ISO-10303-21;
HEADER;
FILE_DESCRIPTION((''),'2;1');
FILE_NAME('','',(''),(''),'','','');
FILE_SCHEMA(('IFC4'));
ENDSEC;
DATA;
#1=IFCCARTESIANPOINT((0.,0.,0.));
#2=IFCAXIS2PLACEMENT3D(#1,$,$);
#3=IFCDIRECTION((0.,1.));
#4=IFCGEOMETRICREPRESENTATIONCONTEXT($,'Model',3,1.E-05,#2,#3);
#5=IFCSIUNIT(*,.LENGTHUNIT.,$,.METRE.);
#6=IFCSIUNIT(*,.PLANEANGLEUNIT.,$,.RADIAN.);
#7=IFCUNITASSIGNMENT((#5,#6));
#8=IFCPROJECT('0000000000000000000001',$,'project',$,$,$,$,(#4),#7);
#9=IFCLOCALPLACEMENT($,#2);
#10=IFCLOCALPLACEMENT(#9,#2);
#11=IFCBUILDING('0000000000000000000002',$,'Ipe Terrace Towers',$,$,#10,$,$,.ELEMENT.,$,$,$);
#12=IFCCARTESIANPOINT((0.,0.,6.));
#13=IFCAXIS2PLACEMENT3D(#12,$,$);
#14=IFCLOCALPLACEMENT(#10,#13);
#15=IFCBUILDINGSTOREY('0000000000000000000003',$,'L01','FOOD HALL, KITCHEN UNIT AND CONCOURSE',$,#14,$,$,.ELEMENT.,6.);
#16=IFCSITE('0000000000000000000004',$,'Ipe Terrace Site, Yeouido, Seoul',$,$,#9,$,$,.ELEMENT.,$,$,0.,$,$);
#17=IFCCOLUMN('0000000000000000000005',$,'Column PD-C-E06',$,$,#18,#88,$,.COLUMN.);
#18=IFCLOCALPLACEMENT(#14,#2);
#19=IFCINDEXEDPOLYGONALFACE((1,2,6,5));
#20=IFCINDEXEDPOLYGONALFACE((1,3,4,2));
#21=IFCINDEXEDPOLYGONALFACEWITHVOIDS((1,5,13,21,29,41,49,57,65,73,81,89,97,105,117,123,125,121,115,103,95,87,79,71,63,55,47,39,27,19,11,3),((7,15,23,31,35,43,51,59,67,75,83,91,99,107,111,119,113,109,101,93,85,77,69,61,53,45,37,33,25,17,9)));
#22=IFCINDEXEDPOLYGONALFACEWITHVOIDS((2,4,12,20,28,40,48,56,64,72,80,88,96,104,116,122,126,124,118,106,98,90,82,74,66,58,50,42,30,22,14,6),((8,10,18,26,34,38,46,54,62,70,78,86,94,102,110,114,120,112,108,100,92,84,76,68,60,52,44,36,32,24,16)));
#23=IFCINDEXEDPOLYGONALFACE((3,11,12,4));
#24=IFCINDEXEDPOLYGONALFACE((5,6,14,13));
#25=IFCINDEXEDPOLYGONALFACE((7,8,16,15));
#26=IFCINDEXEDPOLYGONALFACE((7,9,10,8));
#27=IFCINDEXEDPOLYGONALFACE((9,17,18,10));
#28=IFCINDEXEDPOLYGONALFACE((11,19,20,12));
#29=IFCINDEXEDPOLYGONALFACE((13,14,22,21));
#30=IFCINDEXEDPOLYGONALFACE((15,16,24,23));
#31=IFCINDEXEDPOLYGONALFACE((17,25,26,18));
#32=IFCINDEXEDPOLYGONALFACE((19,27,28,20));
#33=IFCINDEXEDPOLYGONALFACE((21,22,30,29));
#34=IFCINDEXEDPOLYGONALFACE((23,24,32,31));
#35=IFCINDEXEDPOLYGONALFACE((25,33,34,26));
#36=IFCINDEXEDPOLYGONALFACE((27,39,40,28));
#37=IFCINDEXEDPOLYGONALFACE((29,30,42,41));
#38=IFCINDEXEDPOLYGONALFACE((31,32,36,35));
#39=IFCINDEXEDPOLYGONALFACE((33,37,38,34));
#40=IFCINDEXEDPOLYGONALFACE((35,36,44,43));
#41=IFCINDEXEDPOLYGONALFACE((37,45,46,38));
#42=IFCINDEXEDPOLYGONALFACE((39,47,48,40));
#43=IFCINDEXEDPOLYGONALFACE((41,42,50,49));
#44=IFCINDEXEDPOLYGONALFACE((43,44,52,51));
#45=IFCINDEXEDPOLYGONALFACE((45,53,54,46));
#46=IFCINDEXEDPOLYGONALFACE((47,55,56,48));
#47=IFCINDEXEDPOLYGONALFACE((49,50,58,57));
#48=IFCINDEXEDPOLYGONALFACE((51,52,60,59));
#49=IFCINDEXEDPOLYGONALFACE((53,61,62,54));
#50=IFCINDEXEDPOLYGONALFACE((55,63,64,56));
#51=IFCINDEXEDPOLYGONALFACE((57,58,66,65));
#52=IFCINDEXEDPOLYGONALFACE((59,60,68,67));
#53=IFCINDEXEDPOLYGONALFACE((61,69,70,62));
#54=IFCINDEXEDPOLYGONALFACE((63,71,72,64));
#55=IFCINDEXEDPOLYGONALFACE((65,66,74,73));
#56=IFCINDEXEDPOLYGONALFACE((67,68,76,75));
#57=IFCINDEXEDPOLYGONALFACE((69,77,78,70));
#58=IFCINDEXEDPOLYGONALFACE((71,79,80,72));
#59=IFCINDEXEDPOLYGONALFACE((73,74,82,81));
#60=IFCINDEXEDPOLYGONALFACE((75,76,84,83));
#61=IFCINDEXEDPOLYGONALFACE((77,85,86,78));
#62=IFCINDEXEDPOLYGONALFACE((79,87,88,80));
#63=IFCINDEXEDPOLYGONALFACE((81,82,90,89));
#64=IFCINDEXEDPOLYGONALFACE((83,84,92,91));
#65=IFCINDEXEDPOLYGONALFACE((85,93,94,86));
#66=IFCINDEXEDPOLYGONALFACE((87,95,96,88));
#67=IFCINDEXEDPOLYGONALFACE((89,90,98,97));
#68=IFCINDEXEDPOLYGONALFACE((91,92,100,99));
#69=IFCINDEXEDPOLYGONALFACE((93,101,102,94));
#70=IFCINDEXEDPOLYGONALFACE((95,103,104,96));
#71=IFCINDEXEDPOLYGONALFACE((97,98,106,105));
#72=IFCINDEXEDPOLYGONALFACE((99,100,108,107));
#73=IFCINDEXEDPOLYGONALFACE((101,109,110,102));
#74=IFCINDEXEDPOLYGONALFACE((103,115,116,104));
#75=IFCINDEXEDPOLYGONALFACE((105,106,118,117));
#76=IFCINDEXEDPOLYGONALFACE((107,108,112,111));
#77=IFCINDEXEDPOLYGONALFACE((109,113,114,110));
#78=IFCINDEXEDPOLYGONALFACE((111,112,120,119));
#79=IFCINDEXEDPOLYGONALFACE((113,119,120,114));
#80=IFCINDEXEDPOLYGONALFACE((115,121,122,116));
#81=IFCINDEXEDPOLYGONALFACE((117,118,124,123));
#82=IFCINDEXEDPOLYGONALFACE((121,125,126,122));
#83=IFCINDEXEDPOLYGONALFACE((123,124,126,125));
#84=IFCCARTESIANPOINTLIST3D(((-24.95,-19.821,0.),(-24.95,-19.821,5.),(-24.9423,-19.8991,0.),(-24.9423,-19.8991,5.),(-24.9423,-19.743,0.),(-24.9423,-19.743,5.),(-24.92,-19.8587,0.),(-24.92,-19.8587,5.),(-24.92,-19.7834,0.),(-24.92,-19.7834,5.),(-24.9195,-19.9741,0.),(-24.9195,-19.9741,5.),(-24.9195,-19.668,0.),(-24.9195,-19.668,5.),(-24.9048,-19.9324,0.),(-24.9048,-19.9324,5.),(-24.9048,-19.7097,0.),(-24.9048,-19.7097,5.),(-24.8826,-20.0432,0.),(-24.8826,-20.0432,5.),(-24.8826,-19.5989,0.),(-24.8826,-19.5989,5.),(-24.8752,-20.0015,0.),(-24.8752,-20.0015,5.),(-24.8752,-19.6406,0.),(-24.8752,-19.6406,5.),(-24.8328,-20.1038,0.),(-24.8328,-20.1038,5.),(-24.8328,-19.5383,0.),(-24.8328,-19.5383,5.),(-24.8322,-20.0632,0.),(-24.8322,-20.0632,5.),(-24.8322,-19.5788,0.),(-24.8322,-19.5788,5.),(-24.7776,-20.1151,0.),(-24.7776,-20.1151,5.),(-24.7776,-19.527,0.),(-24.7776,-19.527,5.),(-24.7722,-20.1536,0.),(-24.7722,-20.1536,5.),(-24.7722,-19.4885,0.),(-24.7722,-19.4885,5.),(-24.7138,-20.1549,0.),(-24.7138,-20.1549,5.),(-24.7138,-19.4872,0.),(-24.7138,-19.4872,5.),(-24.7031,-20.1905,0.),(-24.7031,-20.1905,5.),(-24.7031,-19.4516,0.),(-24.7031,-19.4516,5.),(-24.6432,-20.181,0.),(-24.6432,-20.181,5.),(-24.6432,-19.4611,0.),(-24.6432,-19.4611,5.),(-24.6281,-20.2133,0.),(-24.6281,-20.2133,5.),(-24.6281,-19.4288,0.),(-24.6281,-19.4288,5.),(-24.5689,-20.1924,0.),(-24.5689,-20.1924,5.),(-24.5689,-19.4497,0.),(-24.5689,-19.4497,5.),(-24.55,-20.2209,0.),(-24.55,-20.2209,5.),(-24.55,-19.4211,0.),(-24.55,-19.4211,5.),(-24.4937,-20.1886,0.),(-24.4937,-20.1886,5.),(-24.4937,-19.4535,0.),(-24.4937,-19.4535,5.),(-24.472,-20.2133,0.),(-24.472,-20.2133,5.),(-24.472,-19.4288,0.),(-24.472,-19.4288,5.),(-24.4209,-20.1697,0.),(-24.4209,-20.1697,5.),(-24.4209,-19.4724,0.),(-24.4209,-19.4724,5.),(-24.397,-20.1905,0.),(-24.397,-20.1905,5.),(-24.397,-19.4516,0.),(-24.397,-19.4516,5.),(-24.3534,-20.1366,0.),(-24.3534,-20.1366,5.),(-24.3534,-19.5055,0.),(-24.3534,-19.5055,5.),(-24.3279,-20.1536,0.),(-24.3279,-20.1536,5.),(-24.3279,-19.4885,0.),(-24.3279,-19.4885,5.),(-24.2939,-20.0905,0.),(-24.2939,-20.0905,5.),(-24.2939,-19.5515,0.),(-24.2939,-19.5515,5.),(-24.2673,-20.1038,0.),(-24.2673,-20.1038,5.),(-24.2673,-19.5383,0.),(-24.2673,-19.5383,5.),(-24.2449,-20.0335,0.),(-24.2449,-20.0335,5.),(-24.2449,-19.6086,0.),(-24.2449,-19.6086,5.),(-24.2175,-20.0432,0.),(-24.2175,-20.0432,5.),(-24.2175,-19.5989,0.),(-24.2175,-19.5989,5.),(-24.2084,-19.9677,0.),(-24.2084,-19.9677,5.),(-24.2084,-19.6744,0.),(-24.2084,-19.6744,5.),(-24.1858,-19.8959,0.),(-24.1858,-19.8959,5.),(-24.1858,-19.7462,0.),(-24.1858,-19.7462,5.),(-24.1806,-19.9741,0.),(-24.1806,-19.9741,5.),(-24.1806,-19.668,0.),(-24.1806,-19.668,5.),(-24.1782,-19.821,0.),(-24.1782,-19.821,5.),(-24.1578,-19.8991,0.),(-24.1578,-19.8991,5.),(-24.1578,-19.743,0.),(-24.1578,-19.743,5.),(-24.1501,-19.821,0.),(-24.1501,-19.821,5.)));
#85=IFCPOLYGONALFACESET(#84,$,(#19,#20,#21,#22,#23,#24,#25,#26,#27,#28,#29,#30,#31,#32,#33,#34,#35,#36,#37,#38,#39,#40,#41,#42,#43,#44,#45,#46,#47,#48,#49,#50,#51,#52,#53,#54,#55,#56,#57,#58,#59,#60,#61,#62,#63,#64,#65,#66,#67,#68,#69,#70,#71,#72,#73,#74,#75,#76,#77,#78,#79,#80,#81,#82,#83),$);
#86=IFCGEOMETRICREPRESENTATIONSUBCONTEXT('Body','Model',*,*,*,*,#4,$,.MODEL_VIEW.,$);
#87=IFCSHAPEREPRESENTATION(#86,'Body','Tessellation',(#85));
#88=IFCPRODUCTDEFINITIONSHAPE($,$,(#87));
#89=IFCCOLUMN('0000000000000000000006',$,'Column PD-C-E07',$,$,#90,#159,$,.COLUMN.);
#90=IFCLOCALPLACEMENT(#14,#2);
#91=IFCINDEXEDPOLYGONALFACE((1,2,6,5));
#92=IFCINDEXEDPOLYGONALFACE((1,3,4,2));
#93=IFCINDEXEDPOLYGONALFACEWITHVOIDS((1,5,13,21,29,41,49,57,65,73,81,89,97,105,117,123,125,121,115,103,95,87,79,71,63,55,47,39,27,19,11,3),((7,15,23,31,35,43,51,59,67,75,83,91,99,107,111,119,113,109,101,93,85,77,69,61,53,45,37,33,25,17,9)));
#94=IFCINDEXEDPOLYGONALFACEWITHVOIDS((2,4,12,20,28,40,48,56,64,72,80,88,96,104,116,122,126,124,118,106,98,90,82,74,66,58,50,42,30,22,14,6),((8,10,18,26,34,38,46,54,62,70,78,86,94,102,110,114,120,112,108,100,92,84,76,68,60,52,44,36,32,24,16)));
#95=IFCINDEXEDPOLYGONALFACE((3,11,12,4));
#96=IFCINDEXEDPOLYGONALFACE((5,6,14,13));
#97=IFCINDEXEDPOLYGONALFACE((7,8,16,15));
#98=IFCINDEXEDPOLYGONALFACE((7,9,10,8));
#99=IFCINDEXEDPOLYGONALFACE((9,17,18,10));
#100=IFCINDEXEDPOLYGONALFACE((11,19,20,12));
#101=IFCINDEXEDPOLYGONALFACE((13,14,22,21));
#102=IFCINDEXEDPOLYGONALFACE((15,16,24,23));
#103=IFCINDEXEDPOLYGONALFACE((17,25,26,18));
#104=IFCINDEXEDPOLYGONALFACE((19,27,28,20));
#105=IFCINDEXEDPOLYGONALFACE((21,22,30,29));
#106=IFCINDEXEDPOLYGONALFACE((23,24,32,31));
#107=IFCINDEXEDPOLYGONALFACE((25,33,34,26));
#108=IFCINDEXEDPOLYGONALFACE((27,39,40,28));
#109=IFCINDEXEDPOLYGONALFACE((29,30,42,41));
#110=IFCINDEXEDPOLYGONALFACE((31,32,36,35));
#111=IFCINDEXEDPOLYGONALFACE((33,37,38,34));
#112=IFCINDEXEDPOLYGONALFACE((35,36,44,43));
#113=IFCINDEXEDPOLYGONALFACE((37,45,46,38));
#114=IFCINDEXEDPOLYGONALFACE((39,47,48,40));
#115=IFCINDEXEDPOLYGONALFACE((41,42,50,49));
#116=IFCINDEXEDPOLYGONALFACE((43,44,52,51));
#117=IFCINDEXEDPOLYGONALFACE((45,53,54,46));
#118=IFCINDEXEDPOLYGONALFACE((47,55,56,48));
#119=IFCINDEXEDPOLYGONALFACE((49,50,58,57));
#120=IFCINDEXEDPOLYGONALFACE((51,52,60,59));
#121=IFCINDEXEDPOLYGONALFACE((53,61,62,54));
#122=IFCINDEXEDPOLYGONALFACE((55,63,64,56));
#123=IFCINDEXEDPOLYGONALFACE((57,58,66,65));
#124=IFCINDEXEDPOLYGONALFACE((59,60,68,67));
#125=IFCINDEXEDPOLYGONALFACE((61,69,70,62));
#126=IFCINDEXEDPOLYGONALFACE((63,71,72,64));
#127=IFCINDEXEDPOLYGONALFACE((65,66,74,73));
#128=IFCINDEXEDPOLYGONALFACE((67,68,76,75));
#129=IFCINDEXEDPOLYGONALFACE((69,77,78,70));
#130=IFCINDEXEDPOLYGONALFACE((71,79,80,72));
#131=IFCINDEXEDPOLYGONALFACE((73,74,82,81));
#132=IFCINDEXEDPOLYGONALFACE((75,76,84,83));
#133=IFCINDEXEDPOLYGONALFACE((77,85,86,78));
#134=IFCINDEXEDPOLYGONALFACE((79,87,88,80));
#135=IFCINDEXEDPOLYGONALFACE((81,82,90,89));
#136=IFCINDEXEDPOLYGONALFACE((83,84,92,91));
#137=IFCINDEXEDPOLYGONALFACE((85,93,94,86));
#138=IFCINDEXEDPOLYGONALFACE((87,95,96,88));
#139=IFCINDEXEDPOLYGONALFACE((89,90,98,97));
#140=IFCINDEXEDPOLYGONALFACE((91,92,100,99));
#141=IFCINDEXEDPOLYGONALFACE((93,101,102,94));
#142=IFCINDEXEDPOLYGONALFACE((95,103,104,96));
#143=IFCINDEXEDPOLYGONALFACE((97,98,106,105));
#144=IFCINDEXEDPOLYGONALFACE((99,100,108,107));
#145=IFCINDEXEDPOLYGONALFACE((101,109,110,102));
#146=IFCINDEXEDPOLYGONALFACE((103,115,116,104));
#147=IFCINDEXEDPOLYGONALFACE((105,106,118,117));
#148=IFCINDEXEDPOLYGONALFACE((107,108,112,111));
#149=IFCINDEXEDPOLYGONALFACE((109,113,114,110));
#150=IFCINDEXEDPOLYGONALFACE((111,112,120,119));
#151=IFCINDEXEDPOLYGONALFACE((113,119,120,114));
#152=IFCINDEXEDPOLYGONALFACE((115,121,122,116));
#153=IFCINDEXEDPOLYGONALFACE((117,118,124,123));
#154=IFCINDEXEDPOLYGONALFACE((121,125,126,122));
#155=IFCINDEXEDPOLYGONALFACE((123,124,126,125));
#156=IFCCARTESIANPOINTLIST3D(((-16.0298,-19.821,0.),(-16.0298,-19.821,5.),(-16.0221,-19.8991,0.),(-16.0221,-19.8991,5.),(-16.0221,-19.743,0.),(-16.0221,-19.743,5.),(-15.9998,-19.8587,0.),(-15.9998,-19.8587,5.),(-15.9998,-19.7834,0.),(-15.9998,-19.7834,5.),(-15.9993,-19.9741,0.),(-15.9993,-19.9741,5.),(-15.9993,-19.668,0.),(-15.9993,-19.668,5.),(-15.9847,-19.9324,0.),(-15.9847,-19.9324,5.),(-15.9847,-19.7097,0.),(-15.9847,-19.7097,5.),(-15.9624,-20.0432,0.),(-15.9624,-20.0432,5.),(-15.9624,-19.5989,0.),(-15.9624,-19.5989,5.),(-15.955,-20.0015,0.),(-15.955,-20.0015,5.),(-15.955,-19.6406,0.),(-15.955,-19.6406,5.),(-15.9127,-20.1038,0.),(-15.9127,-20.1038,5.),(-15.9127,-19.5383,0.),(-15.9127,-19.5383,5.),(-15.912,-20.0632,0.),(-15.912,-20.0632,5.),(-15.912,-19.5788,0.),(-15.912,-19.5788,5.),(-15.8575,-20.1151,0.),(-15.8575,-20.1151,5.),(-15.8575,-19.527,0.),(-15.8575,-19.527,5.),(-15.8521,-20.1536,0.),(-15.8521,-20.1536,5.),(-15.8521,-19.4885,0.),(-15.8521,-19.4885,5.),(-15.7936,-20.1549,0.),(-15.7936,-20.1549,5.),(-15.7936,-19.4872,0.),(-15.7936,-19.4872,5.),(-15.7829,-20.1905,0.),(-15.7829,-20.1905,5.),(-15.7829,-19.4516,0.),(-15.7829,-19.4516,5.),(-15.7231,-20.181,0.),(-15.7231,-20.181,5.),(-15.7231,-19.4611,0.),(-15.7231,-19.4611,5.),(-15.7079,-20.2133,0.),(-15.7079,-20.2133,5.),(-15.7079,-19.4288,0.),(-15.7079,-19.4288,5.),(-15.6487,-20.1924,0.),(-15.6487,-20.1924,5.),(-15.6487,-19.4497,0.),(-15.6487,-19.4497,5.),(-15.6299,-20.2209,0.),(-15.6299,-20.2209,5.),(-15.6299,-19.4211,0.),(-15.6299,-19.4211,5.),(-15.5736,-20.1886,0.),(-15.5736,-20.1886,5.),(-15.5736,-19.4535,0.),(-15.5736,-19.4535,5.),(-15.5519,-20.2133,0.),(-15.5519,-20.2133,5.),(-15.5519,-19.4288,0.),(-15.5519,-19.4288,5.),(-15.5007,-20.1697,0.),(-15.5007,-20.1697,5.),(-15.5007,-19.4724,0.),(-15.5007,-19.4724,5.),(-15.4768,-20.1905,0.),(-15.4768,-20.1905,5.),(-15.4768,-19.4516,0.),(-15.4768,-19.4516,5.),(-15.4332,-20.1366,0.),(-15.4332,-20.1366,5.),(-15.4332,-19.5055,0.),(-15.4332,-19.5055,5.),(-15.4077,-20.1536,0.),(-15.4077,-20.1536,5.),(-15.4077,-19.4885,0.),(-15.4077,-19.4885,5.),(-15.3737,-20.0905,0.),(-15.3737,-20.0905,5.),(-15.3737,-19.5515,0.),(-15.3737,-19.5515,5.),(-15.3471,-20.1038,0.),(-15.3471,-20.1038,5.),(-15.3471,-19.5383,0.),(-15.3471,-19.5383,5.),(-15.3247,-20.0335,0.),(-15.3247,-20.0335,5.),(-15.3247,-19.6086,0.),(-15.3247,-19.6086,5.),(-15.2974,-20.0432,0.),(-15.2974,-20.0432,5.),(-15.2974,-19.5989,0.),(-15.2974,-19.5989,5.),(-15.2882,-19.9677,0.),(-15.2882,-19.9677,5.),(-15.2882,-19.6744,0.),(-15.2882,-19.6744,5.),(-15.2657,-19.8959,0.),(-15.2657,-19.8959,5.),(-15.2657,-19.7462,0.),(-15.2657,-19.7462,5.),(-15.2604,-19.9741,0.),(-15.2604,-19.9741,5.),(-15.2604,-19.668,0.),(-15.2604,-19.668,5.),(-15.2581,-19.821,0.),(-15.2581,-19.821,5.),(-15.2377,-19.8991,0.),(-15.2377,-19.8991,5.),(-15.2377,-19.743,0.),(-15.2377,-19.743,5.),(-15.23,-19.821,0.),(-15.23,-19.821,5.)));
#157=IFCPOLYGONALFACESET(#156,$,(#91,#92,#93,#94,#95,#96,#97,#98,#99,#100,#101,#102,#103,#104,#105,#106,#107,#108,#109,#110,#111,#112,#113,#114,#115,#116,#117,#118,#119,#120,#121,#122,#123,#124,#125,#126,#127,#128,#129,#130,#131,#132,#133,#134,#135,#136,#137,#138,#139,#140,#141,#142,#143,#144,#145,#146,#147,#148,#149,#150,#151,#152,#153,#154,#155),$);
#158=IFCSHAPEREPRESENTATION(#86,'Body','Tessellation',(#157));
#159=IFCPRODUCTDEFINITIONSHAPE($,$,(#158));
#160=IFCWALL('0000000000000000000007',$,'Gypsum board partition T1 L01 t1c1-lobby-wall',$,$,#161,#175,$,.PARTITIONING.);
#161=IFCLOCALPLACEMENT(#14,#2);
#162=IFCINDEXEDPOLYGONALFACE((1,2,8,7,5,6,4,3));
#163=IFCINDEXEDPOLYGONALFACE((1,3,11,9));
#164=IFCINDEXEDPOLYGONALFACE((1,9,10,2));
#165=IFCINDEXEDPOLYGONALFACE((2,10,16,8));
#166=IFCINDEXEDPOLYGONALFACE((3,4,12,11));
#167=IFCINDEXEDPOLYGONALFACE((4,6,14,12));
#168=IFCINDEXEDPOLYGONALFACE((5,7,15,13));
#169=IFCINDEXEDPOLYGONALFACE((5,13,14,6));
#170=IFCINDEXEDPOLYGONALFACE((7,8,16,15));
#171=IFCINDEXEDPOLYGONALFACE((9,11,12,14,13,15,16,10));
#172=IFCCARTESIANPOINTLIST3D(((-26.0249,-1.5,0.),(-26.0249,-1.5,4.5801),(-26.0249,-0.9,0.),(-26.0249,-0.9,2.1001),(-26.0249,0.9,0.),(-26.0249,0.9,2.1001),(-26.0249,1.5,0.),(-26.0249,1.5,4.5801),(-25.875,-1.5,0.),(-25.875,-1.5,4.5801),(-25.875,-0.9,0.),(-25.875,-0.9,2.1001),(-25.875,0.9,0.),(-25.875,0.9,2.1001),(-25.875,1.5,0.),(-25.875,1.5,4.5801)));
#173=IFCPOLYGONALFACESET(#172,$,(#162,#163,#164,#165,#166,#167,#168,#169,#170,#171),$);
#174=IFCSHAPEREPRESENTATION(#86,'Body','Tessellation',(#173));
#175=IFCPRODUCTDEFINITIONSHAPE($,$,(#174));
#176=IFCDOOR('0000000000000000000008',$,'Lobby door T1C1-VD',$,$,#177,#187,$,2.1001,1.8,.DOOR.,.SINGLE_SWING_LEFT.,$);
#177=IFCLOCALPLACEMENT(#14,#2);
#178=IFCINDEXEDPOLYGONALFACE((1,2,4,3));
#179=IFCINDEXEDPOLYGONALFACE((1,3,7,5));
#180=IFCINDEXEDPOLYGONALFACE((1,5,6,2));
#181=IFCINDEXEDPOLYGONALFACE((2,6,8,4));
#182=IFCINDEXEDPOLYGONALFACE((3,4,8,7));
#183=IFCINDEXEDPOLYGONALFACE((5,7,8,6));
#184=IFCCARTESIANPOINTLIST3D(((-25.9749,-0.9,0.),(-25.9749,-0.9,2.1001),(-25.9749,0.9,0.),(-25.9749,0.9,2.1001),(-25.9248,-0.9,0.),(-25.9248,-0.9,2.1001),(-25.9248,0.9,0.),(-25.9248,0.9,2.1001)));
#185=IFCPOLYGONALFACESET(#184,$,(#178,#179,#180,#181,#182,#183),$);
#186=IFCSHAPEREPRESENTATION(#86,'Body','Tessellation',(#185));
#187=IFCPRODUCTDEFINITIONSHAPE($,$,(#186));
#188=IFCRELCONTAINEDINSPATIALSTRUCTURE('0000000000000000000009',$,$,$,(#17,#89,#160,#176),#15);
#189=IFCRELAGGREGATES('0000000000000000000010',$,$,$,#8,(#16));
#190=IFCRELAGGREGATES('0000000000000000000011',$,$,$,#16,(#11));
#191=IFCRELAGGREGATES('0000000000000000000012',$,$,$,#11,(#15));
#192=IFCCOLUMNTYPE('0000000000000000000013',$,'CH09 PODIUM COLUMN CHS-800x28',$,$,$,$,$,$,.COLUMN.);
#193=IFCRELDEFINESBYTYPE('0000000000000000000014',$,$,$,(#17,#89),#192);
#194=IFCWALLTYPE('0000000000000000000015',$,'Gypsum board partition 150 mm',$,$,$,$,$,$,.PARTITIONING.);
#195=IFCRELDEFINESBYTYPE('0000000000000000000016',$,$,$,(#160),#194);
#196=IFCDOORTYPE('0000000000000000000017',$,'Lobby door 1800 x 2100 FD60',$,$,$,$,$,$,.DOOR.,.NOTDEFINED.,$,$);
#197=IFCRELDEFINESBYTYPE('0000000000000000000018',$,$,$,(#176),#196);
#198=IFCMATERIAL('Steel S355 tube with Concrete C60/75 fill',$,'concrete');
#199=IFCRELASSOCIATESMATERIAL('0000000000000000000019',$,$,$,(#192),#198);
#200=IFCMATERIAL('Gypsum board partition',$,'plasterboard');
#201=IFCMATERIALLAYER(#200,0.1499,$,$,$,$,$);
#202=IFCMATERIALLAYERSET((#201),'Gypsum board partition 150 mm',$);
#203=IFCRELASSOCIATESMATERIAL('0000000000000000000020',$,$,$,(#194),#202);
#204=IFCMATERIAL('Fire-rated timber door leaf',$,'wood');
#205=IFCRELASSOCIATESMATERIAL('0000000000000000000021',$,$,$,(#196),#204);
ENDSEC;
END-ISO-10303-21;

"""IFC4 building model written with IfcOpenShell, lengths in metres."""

from ifc_helpers import new_model, si_unit, direction, frame, frame_2d, origin, origin_2d, place, context, subcontext, project, spatial, rectangle, hollow_circle, extrude, material, layer, layer_set, material_profile, profile_set, type_object, element, fill, save


model = new_model("IFC4")

# Units and contexts
model_context = context("Model", 3, precision=1e-05, world=origin(), true_north=direction((0.0, 1.0)))
body_context = subcontext(model_context, "Body", "Model", "MODEL_VIEW")
ifc_project = project(units=[si_unit("LENGTHUNIT", "METRE"), si_unit("PLANEANGLEUNIT", "RADIAN")], contexts=[model_context])

# Site, building, storey
site_placement = place(None, origin())
site = spatial("IfcSite", under=ifc_project, at=site_placement, Name="Ipe Terrace Site, Yeouido, Seoul", CompositionType="ELEMENT", RefElevation=0.0)
building_placement = place(site_placement, origin())
building = spatial("IfcBuilding", under=site, at=building_placement, Name="Ipe Terrace Towers", CompositionType="ELEMENT")
storey_placement = place(building_placement, frame((0.0, 0.0, 6.0)))
storey = spatial("IfcBuildingStorey", under=building, at=storey_placement, Name="L01", Description="FOOD HALL, KITCHEN UNIT AND CONCOURSE", CompositionType="ELEMENT", Elevation=6.0)

# Columns
ifc_material_1 = material(Name="Steel S355 tube with Concrete C60/75 fill", Category="concrete")
ifc_material_profile_1 = material_profile(ifc_material_1, hollow_circle(Radius=0.3999, WallThickness=0.0281, at=origin_2d()), Name="CHS-800x28")
ifc_profile_set_1 = profile_set([ifc_material_profile_1], Name="Steel S355 tube with Concrete C60/75 fill")
column_type_1 = type_object("IfcColumnType", Name="CH09 PODIUM COLUMN CHS-800x28", PredefinedType="COLUMN", material=ifc_profile_set_1)
for number, where, z_axis, x_axis, name in (
    (1, (-24.55, -19.821, 0.0), (0.0, 0.0, 1.0), (1.0, 0.0, 0.0), "Column PD-C-E06"),
    (2, (-15.6299, -19.821, 0.0), (0.0, 0.0, 1.0), (1.0, 0.0, 0.0), "Column PD-C-E07"),
):
    element("IfcColumn", number, at=place(storey_placement, frame(where, z_axis=z_axis, x_axis=x_axis)), inside=storey, type_object=column_type_1, Name=name, PredefinedType="COLUMN", context=body_context, shape_type="SweptSolid", body=[
        extrude(hollow_circle(Radius=0.3999, WallThickness=0.0281, at=origin_2d()), origin(), (0.0, 0.0, 1.0), 5.0),
    ])

# Wall, opening, door
ifc_material_2 = material(Name="Gypsum board partition", Category="plasterboard")
ifc_layer_1 = layer(ifc_material_2, 0.1499)
ifc_layer_set_1 = layer_set([ifc_layer_1], Name="Gypsum board partition 150 mm")
wall_type_1 = type_object("IfcWallType", Name="Gypsum board partition 150 mm", PredefinedType="PARTITIONING", material=ifc_layer_set_1)
wall_1_placement = place(storey_placement, frame((-25.95, -1.5, 0.0), z_axis=(0.0, 0.0, 1.0), x_axis=(0.0, 1.0, 0.0)))
wall_1 = element("IfcWall", 3, at=wall_1_placement, inside=storey, type_object=wall_type_1, Name="Gypsum board partition T1 L01 t1c1-lobby-wall", PredefinedType="PARTITIONING", context=body_context, shape_type="SweptSolid", body=[
    extrude(rectangle(XDim=3.0, YDim=0.1499, at=frame_2d((1.5, 0.0))), origin(), (0.0, 0.0, 1.0), 4.5801),
])
opening_1_placement = place(wall_1_placement, frame((0.6001, 0.0, 0.0)))
opening_1 = element("IfcOpeningElement", 4, at=opening_1_placement, cuts=wall_1, PredefinedType="OPENING", context=body_context, shape_type="SweptSolid", body=[
    extrude(rectangle(XDim=1.8, YDim=2.1001, at=frame_2d((0.8999, 1.05))), frame((0.0, 0.085, 0.0), z_axis=(0.0, -1.0, 0.0), x_axis=(1.0, 0.0, 0.0)), (0.0, 0.0, 1.0), 0.1699),
])
ifc_material_3 = material(Name="Fire-rated timber door leaf", Category="wood")
door_type_1 = type_object("IfcDoorType", Name="Lobby door 1800 x 2100 FD60", OperationType="NOTDEFINED", PredefinedType="DOOR", material=ifc_material_3)
door_1_placement = place(opening_1_placement, origin())
door_1 = element("IfcDoor", 5, at=door_1_placement, inside=storey, type_object=door_type_1, Name="Lobby door T1C1-VD", OperationType="SINGLE_SWING_LEFT", OverallHeight=2.1001, OverallWidth=1.8, PredefinedType="DOOR", context=body_context, shape_type="SweptSolid", body=[
    extrude(rectangle(XDim=1.8, YDim=2.1001, at=frame_2d((0.8999, 1.05))), frame((0.0, 0.0249, 0.0), z_axis=(0.0, -1.0, 0.0), x_axis=(1.0, 0.0, 0.0)), (0.0, 0.0, 1.0), 0.05),
])
fill(opening_1, door_1)

save(model, "model.ifc")
